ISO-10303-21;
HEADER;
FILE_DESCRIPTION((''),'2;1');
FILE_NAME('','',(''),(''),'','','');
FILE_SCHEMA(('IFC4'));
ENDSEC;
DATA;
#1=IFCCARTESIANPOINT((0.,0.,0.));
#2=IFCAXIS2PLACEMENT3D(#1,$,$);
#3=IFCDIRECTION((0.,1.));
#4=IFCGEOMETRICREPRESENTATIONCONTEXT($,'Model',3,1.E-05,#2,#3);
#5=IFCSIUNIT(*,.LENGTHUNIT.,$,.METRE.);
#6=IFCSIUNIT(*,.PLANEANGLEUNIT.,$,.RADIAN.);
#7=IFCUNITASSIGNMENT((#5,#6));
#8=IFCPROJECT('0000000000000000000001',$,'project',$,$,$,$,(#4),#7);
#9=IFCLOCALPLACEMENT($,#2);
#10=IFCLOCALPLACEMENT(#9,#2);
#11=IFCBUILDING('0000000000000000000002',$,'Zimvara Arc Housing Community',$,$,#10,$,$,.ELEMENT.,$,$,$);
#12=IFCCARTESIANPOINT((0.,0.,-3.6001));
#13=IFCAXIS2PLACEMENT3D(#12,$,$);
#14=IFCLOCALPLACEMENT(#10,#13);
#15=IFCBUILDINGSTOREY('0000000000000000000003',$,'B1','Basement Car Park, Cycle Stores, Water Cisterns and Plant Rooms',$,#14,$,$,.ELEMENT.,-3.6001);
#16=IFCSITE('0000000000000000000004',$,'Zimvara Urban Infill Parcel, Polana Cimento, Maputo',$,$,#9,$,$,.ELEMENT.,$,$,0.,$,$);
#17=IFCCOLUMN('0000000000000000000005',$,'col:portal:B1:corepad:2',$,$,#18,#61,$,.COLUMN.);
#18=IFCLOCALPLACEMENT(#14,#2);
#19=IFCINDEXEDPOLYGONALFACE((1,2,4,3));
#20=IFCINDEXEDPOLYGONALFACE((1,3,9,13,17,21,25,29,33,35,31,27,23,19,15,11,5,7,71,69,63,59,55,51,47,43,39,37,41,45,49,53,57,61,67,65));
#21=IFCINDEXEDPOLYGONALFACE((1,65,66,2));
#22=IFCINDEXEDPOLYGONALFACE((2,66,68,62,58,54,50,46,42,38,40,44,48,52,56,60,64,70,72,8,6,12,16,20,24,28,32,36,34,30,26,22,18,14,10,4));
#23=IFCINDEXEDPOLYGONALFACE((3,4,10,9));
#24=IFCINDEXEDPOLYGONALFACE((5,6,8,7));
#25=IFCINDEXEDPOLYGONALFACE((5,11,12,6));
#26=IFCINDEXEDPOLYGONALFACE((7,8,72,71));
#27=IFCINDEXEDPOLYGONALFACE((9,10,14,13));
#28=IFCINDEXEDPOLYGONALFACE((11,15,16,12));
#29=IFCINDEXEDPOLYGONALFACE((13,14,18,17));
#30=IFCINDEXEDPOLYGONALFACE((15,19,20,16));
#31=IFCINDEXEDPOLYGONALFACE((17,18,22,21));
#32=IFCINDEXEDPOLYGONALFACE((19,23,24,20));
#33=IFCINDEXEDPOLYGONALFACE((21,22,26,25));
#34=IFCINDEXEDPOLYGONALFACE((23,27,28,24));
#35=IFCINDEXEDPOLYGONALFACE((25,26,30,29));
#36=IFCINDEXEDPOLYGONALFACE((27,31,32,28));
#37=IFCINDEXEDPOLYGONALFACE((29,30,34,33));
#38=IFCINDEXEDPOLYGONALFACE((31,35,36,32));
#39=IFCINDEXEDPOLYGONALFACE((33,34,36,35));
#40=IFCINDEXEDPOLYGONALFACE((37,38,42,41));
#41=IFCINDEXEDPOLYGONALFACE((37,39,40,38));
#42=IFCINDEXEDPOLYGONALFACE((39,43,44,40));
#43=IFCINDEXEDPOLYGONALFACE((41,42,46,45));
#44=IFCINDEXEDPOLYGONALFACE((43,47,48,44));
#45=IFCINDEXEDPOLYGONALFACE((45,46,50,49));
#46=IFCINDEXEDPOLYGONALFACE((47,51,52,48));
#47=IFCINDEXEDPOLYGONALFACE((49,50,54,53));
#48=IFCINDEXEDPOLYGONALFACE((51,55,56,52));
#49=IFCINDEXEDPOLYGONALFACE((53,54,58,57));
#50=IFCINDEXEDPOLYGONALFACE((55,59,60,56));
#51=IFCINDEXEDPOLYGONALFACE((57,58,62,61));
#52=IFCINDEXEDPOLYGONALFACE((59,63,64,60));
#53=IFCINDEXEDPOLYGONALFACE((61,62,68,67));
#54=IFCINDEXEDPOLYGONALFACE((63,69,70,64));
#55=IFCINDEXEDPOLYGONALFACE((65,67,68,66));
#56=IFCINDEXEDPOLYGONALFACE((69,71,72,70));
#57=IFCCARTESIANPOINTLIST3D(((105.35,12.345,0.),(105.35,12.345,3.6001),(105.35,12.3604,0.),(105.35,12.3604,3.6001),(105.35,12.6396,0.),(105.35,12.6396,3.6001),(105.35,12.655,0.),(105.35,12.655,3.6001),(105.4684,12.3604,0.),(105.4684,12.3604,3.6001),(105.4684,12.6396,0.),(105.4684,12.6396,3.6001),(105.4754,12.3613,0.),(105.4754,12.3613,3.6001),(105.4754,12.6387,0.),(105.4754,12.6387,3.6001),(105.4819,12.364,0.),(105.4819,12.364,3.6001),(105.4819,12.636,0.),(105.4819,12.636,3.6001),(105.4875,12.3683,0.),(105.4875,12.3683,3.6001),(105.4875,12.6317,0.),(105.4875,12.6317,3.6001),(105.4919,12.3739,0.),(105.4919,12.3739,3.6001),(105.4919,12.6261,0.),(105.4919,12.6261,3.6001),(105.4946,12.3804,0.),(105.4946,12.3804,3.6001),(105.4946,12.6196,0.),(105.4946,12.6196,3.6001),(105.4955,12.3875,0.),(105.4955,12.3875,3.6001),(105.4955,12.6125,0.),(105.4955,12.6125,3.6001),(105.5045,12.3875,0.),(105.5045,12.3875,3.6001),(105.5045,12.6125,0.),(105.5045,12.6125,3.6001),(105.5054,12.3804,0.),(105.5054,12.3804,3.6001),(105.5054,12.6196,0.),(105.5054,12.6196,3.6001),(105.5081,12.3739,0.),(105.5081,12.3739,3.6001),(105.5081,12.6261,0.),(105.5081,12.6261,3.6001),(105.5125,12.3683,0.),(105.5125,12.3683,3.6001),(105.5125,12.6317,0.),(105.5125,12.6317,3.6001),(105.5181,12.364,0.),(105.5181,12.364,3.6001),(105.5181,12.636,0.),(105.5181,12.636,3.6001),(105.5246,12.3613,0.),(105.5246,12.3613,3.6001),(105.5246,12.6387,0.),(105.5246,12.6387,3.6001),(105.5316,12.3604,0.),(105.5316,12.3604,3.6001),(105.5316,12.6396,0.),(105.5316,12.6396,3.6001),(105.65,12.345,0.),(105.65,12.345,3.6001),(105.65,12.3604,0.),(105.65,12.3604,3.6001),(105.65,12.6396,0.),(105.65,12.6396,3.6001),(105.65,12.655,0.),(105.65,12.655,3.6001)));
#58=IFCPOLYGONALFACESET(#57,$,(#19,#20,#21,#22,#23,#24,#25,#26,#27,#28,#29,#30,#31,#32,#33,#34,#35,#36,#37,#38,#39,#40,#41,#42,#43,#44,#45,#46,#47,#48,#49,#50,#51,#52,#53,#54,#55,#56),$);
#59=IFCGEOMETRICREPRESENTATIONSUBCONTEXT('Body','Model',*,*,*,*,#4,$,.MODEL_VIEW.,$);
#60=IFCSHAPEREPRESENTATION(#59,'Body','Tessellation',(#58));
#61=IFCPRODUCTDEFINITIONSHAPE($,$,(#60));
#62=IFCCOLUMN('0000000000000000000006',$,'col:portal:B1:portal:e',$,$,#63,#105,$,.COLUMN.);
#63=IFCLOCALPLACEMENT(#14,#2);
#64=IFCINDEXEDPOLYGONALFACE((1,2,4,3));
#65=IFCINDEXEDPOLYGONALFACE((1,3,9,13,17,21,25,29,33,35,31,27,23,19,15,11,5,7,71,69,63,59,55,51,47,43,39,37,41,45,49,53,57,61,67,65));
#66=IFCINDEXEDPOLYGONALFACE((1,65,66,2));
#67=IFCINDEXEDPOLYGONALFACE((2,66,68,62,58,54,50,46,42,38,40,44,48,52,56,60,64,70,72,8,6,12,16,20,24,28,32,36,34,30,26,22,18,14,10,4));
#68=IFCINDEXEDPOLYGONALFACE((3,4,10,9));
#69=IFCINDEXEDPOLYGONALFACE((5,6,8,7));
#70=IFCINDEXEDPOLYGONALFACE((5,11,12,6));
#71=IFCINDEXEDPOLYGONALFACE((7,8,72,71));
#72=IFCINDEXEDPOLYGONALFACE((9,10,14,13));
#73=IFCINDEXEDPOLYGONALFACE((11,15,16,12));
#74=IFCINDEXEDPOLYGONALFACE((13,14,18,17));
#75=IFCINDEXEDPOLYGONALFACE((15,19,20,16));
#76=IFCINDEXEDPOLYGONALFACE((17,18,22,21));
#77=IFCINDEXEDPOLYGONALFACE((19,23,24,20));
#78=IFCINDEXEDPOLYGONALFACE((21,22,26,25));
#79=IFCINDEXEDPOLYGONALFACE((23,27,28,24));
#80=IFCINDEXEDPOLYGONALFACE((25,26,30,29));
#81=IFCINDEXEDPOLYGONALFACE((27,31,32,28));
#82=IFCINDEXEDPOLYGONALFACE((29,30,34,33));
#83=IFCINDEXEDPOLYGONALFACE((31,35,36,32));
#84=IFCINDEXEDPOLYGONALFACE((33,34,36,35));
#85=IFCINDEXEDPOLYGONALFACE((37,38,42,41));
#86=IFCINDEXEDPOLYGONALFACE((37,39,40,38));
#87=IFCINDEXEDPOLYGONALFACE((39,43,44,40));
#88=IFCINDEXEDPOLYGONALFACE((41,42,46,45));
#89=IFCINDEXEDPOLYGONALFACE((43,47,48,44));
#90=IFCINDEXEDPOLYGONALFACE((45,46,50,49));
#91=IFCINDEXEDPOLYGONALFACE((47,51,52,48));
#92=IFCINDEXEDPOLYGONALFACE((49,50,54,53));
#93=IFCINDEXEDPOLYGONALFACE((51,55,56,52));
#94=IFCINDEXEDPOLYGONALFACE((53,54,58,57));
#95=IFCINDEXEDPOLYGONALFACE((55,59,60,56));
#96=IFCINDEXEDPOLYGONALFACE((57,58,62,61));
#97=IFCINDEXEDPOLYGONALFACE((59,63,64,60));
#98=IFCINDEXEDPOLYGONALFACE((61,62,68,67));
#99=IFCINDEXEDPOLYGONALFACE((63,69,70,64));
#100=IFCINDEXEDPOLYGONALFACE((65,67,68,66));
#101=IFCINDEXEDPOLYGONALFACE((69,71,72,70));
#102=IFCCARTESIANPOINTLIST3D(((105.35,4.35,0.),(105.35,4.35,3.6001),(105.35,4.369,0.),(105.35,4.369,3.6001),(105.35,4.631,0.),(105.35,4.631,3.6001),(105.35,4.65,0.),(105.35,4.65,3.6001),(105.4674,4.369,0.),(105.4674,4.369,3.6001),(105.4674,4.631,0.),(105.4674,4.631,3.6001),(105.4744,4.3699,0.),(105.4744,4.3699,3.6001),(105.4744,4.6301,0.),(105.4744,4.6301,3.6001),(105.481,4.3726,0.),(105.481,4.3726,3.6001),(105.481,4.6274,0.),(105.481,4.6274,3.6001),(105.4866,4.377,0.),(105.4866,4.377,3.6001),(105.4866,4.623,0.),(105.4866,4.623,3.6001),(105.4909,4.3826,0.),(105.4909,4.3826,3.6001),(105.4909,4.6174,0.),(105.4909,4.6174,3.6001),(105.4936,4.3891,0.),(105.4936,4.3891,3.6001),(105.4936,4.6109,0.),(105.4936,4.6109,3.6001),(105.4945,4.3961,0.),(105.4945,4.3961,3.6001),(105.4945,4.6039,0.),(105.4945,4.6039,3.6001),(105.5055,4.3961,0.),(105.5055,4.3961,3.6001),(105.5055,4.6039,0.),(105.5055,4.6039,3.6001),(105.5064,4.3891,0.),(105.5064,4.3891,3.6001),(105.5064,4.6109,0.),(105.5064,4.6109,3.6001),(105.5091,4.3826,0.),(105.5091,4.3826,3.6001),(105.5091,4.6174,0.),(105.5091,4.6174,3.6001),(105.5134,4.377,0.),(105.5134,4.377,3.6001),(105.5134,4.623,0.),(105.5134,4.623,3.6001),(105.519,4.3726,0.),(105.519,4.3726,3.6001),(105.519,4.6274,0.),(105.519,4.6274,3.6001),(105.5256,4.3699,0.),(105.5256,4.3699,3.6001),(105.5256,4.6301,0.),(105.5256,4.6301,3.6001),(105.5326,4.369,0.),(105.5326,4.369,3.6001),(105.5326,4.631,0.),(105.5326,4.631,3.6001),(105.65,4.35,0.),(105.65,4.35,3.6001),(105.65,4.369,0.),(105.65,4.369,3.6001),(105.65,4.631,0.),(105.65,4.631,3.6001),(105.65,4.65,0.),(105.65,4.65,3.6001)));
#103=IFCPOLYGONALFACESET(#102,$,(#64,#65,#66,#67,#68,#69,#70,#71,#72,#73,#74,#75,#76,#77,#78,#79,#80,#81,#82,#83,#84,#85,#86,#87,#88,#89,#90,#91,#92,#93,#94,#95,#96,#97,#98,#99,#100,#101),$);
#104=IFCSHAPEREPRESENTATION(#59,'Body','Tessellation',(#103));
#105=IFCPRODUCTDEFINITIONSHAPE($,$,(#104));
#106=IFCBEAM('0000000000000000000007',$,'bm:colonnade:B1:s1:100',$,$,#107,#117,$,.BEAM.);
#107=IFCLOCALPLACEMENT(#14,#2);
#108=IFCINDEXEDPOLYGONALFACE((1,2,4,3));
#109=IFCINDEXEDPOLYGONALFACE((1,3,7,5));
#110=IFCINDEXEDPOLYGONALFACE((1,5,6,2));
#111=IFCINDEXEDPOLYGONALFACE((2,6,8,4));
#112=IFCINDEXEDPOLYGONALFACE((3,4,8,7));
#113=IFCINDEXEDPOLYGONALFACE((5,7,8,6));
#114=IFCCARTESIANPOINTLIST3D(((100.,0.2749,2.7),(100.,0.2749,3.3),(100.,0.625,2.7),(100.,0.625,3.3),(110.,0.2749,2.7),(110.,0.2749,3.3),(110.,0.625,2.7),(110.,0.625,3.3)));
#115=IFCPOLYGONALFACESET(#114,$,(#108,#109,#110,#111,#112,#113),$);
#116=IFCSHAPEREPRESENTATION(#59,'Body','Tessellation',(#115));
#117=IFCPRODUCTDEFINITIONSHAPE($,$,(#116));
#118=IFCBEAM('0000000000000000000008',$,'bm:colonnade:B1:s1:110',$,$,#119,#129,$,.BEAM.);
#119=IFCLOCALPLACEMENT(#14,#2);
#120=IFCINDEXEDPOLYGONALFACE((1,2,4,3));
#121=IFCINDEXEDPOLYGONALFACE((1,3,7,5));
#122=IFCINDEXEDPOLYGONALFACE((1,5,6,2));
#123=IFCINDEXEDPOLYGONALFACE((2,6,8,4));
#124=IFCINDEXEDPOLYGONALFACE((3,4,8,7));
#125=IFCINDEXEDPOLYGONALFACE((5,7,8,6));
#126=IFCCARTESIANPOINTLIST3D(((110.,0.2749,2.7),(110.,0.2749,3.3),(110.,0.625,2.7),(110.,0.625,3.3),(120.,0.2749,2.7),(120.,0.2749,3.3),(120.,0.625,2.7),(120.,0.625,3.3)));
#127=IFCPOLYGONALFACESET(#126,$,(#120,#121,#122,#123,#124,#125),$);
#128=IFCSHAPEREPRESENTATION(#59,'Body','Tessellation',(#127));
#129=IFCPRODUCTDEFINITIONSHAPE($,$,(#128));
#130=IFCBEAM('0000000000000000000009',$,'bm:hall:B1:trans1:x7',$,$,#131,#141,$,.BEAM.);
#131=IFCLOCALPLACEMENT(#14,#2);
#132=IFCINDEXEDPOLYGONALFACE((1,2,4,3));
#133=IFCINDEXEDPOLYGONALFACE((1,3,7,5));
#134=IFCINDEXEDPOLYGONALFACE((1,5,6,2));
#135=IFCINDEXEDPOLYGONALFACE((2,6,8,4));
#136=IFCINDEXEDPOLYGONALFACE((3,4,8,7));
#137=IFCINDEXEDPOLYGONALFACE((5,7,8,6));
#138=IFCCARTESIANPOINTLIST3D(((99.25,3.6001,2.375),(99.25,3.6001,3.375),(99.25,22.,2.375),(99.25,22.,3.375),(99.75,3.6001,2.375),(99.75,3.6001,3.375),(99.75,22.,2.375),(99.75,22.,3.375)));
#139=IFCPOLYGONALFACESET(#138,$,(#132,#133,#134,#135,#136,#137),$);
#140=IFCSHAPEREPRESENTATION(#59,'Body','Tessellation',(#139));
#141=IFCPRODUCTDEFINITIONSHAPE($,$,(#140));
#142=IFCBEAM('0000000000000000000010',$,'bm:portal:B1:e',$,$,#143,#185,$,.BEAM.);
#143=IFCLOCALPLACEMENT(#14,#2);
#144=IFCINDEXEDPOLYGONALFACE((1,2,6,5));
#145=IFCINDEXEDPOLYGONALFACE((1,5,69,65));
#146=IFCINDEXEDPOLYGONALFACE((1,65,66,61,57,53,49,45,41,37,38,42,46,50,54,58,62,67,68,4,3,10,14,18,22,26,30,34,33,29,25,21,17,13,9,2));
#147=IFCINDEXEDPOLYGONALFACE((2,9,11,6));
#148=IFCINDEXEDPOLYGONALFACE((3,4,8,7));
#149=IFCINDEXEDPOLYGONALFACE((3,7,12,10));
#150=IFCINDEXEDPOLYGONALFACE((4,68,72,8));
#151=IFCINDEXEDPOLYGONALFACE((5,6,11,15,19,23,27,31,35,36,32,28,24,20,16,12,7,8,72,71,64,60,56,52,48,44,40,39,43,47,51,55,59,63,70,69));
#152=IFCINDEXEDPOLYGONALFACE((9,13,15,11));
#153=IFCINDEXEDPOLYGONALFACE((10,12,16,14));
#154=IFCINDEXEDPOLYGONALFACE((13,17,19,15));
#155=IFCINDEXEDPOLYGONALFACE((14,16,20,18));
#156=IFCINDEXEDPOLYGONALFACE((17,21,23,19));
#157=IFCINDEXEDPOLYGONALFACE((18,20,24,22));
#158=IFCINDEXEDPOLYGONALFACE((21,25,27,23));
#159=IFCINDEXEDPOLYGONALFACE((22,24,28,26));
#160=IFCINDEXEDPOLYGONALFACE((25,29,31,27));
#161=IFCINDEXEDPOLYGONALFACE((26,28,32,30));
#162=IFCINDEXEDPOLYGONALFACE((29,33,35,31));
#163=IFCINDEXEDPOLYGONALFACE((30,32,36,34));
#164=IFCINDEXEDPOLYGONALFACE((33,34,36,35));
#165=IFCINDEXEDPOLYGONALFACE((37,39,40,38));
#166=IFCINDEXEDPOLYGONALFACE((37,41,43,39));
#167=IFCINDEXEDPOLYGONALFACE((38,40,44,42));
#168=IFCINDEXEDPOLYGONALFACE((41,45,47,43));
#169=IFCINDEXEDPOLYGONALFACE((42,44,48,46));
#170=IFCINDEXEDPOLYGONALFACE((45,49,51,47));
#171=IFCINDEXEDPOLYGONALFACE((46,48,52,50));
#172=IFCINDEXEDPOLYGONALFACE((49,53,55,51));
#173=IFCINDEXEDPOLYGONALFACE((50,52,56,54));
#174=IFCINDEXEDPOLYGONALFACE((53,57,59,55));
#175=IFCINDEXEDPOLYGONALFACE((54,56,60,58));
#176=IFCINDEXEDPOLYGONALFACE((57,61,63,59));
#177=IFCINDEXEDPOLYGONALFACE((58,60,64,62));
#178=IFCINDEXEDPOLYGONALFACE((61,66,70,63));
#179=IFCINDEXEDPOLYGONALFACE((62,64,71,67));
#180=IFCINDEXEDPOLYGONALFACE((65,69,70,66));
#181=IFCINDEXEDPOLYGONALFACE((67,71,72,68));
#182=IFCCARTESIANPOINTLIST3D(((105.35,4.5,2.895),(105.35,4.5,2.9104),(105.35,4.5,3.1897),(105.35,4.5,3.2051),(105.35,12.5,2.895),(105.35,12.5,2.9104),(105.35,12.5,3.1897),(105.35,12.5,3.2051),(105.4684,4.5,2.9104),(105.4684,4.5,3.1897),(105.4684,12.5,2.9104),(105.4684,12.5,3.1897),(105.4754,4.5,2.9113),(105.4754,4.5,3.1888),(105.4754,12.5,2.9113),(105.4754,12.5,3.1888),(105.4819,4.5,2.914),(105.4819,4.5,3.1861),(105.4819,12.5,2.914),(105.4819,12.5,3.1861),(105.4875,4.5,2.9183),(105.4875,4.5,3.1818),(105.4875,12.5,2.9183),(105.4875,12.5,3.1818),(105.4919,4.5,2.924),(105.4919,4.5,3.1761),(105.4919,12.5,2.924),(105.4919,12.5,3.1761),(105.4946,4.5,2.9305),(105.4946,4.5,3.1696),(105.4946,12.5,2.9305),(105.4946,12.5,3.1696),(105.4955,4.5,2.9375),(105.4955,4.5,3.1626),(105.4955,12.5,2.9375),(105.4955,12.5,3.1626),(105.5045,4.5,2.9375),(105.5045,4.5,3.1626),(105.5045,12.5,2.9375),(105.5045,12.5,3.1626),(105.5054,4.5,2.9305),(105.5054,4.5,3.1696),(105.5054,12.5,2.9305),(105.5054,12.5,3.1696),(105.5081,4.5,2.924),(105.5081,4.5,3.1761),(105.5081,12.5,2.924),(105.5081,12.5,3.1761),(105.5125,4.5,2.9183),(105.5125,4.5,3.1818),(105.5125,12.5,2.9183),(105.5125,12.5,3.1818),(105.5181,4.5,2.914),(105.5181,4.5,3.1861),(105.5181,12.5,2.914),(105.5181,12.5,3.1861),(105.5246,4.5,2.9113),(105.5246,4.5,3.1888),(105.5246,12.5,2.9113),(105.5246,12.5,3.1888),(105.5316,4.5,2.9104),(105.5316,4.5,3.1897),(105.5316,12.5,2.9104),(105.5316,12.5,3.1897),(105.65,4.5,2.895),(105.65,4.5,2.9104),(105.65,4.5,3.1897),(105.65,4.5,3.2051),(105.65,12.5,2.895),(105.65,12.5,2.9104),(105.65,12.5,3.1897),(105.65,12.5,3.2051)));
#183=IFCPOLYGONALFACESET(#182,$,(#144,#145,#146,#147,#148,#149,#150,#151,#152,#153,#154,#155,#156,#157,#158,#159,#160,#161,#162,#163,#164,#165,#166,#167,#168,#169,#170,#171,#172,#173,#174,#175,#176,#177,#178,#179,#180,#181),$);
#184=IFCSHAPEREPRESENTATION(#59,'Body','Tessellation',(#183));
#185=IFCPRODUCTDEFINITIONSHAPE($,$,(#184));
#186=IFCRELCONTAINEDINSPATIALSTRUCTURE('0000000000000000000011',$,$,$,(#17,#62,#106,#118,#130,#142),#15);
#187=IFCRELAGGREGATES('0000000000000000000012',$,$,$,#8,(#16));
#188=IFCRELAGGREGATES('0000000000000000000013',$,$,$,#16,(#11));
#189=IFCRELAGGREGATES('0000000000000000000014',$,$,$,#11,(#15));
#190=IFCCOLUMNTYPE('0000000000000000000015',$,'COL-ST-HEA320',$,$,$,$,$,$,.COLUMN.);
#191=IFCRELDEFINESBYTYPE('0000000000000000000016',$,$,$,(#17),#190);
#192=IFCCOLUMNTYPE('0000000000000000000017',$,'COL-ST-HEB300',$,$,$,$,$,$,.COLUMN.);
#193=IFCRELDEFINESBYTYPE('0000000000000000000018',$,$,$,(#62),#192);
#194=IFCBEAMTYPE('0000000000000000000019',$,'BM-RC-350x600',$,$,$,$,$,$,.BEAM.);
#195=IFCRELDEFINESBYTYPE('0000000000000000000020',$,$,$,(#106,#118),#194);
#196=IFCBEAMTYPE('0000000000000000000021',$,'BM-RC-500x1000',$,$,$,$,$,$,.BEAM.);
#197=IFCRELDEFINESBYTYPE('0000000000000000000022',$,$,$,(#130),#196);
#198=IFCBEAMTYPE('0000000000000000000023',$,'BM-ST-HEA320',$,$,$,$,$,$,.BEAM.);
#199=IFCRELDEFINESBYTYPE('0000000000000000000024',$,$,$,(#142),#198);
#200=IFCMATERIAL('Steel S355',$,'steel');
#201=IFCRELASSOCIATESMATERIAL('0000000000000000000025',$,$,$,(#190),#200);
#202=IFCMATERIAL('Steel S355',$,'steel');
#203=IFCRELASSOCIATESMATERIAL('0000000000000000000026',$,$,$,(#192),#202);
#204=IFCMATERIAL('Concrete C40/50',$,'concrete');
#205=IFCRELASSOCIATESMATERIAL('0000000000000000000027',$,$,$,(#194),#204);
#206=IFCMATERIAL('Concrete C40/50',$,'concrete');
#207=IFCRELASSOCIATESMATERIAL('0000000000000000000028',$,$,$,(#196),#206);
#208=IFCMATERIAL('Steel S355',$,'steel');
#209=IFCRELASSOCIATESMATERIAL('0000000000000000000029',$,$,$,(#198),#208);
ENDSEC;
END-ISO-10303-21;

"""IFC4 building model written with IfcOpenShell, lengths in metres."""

from ifc_helpers import new_model, si_unit, direction, frame, origin, origin_2d, place, context, subcontext, project, spatial, rectangle, i_section, extrude, material, material_profile, profile_set, type_object, element, save


model = new_model("IFC4")

# Units and contexts
model_context = context("Model", 3, precision=1e-05, world=origin(), true_north=direction((0.0, 1.0)))
body_context = subcontext(model_context, "Body", "Model", "MODEL_VIEW")
ifc_project = project(units=[si_unit("LENGTHUNIT", "METRE"), si_unit("PLANEANGLEUNIT", "RADIAN")], contexts=[model_context])

# Site, building, storey
site_placement = place(None, origin())
site = spatial("IfcSite", under=ifc_project, at=site_placement, Name="Zimvara Urban Infill Parcel, Polana Cimento, Maputo", CompositionType="ELEMENT", RefElevation=0.0)
building_placement = place(site_placement, origin())
building = spatial("IfcBuilding", under=site, at=building_placement, Name="Zimvara Arc Housing Community", CompositionType="ELEMENT")
storey_placement = place(building_placement, frame((0.0, 0.0, -3.6001)))
storey = spatial("IfcBuildingStorey", under=building, at=storey_placement, Name="B1", Description="Basement Car Park, Cycle Stores, Water Cisterns and Plant Rooms", CompositionType="ELEMENT", Elevation=-3.6001)

# Columns
ifc_material_1 = material(Name="Steel S355", Category="steel")
ifc_material_profile_1 = material_profile(ifc_material_1, i_section(OverallWidth=0.3, OverallDepth=0.3101, WebThickness=0.009, FlangeThickness=0.0154, FilletRadius=0.0271, at=origin_2d()), Name="HEA 320")
ifc_profile_set_1 = profile_set([ifc_material_profile_1], Name="Steel S355")
column_type_1 = type_object("IfcColumnType", Name="COL-ST-HEA320", PredefinedType="COLUMN", material=ifc_profile_set_1)
column_1_placement = place(storey_placement, frame((105.5, 12.5, 0.0), z_axis=(0.0, 0.0, 1.0), x_axis=(1.0, 0.0, 0.0)))
element("IfcColumn", 1, at=column_1_placement, inside=storey, type_object=column_type_1, Name="col:portal:B1:corepad:2", PredefinedType="COLUMN", context=body_context, shape_type="SweptSolid", body=[
    extrude(i_section(OverallWidth=0.3, OverallDepth=0.3101, WebThickness=0.009, FlangeThickness=0.0154, FilletRadius=0.0271, at=origin_2d()), origin(), (0.0, 0.0, 1.0), 3.6001),
])
ifc_material_2 = material(Name="Steel S355", Category="steel")
ifc_material_profile_2 = material_profile(ifc_material_2, i_section(OverallWidth=0.3, OverallDepth=0.3, WebThickness=0.011, FlangeThickness=0.019, FilletRadius=0.0271, at=origin_2d()), Name="HEB 300")
ifc_profile_set_2 = profile_set([ifc_material_profile_2], Name="Steel S355")
column_type_2 = type_object("IfcColumnType", Name="COL-ST-HEB300", PredefinedType="COLUMN", material=ifc_profile_set_2)
column_2_placement = place(storey_placement, frame((105.5, 4.5, 0.0), z_axis=(0.0, 0.0, 1.0), x_axis=(1.0, 0.0, 0.0)))
element("IfcColumn", 2, at=column_2_placement, inside=storey, type_object=column_type_2, Name="col:portal:B1:portal:e", PredefinedType="COLUMN", context=body_context, shape_type="SweptSolid", body=[
    extrude(i_section(OverallWidth=0.3, OverallDepth=0.3, WebThickness=0.011, FlangeThickness=0.019, FilletRadius=0.0271, at=origin_2d()), origin(), (0.0, 0.0, 1.0), 3.6001),
])

# Beams
ifc_material_3 = material(Name="Concrete C40/50", Category="concrete")
ifc_material_profile_3 = material_profile(ifc_material_3, rectangle(XDim=0.3501, YDim=0.6001, at=origin_2d()), Name="RC 350x600")
ifc_profile_set_3 = profile_set([ifc_material_profile_3], Name="Concrete C40/50")
beam_type_1 = type_object("IfcBeamType", Name="BM-RC-350x600", PredefinedType="BEAM", material=ifc_profile_set_3)
for number, where, z_axis, x_axis, name in (
    (3, (100.0, 0.45, 3.0), (1.0, 0.0, 0.0), (0.0, 1.0, 0.0), "bm:colonnade:B1:s1:100"),
    (4, (110.0, 0.45, 3.0), (1.0, 0.0, 0.0), (0.0, 1.0, 0.0), "bm:colonnade:B1:s1:110"),
):
    element("IfcBeam", number, at=place(storey_placement, frame(where, z_axis=z_axis, x_axis=x_axis)), inside=storey, type_object=beam_type_1, Name=name, PredefinedType="BEAM", context=body_context, shape_type="SweptSolid", body=[
        extrude(rectangle(XDim=0.3501, YDim=0.6001, at=origin_2d()), origin(), (0.0, 0.0, 1.0), 10.0),
    ])
ifc_material_4 = material(Name="Concrete C40/50", Category="concrete")
ifc_material_profile_4 = material_profile(ifc_material_4, rectangle(XDim=0.5, YDim=1.0, at=origin_2d()), Name="RC 500x1000")
ifc_profile_set_4 = profile_set([ifc_material_profile_4], Name="Concrete C40/50")
beam_type_2 = type_object("IfcBeamType", Name="BM-RC-500x1000", PredefinedType="BEAM", material=ifc_profile_set_4)
beam_1_placement = place(storey_placement, frame((99.5, 3.6001, 2.875), z_axis=(0.0, 1.0, 0.0), x_axis=(-1.0, 0.0, 0.0)))
element("IfcBeam", 5, at=beam_1_placement, inside=storey, type_object=beam_type_2, Name="bm:hall:B1:trans1:x7", PredefinedType="BEAM", context=body_context, shape_type="SweptSolid", body=[
    extrude(rectangle(XDim=0.5, YDim=1.0, at=origin_2d()), origin(), (0.0, 0.0, 1.0), 18.3999),
])
ifc_material_5 = material(Name="Steel S355", Category="steel")
ifc_material_profile_5 = material_profile(ifc_material_5, i_section(OverallWidth=0.3, OverallDepth=0.3101, WebThickness=0.009, FlangeThickness=0.0154, FilletRadius=0.0271, at=origin_2d()), Name="HEA 320")
ifc_profile_set_5 = profile_set([ifc_material_profile_5], Name="Steel S355")
beam_type_3 = type_object("IfcBeamType", Name="BM-ST-HEA320", PredefinedType="BEAM", material=ifc_profile_set_5)
beam_2_placement = place(storey_placement, frame((105.5, 4.5, 3.05), z_axis=(0.0, 1.0, 0.0), x_axis=(-1.0, 0.0, 0.0)))
element("IfcBeam", 6, at=beam_2_placement, inside=storey, type_object=beam_type_3, Name="bm:portal:B1:e", PredefinedType="BEAM", context=body_context, shape_type="SweptSolid", body=[
    extrude(i_section(OverallWidth=0.3, OverallDepth=0.3101, WebThickness=0.009, FlangeThickness=0.0154, FilletRadius=0.0271, at=origin_2d()), origin(), (0.0, 0.0, 1.0), 8.0),
])

save(model, "model.ifc")
